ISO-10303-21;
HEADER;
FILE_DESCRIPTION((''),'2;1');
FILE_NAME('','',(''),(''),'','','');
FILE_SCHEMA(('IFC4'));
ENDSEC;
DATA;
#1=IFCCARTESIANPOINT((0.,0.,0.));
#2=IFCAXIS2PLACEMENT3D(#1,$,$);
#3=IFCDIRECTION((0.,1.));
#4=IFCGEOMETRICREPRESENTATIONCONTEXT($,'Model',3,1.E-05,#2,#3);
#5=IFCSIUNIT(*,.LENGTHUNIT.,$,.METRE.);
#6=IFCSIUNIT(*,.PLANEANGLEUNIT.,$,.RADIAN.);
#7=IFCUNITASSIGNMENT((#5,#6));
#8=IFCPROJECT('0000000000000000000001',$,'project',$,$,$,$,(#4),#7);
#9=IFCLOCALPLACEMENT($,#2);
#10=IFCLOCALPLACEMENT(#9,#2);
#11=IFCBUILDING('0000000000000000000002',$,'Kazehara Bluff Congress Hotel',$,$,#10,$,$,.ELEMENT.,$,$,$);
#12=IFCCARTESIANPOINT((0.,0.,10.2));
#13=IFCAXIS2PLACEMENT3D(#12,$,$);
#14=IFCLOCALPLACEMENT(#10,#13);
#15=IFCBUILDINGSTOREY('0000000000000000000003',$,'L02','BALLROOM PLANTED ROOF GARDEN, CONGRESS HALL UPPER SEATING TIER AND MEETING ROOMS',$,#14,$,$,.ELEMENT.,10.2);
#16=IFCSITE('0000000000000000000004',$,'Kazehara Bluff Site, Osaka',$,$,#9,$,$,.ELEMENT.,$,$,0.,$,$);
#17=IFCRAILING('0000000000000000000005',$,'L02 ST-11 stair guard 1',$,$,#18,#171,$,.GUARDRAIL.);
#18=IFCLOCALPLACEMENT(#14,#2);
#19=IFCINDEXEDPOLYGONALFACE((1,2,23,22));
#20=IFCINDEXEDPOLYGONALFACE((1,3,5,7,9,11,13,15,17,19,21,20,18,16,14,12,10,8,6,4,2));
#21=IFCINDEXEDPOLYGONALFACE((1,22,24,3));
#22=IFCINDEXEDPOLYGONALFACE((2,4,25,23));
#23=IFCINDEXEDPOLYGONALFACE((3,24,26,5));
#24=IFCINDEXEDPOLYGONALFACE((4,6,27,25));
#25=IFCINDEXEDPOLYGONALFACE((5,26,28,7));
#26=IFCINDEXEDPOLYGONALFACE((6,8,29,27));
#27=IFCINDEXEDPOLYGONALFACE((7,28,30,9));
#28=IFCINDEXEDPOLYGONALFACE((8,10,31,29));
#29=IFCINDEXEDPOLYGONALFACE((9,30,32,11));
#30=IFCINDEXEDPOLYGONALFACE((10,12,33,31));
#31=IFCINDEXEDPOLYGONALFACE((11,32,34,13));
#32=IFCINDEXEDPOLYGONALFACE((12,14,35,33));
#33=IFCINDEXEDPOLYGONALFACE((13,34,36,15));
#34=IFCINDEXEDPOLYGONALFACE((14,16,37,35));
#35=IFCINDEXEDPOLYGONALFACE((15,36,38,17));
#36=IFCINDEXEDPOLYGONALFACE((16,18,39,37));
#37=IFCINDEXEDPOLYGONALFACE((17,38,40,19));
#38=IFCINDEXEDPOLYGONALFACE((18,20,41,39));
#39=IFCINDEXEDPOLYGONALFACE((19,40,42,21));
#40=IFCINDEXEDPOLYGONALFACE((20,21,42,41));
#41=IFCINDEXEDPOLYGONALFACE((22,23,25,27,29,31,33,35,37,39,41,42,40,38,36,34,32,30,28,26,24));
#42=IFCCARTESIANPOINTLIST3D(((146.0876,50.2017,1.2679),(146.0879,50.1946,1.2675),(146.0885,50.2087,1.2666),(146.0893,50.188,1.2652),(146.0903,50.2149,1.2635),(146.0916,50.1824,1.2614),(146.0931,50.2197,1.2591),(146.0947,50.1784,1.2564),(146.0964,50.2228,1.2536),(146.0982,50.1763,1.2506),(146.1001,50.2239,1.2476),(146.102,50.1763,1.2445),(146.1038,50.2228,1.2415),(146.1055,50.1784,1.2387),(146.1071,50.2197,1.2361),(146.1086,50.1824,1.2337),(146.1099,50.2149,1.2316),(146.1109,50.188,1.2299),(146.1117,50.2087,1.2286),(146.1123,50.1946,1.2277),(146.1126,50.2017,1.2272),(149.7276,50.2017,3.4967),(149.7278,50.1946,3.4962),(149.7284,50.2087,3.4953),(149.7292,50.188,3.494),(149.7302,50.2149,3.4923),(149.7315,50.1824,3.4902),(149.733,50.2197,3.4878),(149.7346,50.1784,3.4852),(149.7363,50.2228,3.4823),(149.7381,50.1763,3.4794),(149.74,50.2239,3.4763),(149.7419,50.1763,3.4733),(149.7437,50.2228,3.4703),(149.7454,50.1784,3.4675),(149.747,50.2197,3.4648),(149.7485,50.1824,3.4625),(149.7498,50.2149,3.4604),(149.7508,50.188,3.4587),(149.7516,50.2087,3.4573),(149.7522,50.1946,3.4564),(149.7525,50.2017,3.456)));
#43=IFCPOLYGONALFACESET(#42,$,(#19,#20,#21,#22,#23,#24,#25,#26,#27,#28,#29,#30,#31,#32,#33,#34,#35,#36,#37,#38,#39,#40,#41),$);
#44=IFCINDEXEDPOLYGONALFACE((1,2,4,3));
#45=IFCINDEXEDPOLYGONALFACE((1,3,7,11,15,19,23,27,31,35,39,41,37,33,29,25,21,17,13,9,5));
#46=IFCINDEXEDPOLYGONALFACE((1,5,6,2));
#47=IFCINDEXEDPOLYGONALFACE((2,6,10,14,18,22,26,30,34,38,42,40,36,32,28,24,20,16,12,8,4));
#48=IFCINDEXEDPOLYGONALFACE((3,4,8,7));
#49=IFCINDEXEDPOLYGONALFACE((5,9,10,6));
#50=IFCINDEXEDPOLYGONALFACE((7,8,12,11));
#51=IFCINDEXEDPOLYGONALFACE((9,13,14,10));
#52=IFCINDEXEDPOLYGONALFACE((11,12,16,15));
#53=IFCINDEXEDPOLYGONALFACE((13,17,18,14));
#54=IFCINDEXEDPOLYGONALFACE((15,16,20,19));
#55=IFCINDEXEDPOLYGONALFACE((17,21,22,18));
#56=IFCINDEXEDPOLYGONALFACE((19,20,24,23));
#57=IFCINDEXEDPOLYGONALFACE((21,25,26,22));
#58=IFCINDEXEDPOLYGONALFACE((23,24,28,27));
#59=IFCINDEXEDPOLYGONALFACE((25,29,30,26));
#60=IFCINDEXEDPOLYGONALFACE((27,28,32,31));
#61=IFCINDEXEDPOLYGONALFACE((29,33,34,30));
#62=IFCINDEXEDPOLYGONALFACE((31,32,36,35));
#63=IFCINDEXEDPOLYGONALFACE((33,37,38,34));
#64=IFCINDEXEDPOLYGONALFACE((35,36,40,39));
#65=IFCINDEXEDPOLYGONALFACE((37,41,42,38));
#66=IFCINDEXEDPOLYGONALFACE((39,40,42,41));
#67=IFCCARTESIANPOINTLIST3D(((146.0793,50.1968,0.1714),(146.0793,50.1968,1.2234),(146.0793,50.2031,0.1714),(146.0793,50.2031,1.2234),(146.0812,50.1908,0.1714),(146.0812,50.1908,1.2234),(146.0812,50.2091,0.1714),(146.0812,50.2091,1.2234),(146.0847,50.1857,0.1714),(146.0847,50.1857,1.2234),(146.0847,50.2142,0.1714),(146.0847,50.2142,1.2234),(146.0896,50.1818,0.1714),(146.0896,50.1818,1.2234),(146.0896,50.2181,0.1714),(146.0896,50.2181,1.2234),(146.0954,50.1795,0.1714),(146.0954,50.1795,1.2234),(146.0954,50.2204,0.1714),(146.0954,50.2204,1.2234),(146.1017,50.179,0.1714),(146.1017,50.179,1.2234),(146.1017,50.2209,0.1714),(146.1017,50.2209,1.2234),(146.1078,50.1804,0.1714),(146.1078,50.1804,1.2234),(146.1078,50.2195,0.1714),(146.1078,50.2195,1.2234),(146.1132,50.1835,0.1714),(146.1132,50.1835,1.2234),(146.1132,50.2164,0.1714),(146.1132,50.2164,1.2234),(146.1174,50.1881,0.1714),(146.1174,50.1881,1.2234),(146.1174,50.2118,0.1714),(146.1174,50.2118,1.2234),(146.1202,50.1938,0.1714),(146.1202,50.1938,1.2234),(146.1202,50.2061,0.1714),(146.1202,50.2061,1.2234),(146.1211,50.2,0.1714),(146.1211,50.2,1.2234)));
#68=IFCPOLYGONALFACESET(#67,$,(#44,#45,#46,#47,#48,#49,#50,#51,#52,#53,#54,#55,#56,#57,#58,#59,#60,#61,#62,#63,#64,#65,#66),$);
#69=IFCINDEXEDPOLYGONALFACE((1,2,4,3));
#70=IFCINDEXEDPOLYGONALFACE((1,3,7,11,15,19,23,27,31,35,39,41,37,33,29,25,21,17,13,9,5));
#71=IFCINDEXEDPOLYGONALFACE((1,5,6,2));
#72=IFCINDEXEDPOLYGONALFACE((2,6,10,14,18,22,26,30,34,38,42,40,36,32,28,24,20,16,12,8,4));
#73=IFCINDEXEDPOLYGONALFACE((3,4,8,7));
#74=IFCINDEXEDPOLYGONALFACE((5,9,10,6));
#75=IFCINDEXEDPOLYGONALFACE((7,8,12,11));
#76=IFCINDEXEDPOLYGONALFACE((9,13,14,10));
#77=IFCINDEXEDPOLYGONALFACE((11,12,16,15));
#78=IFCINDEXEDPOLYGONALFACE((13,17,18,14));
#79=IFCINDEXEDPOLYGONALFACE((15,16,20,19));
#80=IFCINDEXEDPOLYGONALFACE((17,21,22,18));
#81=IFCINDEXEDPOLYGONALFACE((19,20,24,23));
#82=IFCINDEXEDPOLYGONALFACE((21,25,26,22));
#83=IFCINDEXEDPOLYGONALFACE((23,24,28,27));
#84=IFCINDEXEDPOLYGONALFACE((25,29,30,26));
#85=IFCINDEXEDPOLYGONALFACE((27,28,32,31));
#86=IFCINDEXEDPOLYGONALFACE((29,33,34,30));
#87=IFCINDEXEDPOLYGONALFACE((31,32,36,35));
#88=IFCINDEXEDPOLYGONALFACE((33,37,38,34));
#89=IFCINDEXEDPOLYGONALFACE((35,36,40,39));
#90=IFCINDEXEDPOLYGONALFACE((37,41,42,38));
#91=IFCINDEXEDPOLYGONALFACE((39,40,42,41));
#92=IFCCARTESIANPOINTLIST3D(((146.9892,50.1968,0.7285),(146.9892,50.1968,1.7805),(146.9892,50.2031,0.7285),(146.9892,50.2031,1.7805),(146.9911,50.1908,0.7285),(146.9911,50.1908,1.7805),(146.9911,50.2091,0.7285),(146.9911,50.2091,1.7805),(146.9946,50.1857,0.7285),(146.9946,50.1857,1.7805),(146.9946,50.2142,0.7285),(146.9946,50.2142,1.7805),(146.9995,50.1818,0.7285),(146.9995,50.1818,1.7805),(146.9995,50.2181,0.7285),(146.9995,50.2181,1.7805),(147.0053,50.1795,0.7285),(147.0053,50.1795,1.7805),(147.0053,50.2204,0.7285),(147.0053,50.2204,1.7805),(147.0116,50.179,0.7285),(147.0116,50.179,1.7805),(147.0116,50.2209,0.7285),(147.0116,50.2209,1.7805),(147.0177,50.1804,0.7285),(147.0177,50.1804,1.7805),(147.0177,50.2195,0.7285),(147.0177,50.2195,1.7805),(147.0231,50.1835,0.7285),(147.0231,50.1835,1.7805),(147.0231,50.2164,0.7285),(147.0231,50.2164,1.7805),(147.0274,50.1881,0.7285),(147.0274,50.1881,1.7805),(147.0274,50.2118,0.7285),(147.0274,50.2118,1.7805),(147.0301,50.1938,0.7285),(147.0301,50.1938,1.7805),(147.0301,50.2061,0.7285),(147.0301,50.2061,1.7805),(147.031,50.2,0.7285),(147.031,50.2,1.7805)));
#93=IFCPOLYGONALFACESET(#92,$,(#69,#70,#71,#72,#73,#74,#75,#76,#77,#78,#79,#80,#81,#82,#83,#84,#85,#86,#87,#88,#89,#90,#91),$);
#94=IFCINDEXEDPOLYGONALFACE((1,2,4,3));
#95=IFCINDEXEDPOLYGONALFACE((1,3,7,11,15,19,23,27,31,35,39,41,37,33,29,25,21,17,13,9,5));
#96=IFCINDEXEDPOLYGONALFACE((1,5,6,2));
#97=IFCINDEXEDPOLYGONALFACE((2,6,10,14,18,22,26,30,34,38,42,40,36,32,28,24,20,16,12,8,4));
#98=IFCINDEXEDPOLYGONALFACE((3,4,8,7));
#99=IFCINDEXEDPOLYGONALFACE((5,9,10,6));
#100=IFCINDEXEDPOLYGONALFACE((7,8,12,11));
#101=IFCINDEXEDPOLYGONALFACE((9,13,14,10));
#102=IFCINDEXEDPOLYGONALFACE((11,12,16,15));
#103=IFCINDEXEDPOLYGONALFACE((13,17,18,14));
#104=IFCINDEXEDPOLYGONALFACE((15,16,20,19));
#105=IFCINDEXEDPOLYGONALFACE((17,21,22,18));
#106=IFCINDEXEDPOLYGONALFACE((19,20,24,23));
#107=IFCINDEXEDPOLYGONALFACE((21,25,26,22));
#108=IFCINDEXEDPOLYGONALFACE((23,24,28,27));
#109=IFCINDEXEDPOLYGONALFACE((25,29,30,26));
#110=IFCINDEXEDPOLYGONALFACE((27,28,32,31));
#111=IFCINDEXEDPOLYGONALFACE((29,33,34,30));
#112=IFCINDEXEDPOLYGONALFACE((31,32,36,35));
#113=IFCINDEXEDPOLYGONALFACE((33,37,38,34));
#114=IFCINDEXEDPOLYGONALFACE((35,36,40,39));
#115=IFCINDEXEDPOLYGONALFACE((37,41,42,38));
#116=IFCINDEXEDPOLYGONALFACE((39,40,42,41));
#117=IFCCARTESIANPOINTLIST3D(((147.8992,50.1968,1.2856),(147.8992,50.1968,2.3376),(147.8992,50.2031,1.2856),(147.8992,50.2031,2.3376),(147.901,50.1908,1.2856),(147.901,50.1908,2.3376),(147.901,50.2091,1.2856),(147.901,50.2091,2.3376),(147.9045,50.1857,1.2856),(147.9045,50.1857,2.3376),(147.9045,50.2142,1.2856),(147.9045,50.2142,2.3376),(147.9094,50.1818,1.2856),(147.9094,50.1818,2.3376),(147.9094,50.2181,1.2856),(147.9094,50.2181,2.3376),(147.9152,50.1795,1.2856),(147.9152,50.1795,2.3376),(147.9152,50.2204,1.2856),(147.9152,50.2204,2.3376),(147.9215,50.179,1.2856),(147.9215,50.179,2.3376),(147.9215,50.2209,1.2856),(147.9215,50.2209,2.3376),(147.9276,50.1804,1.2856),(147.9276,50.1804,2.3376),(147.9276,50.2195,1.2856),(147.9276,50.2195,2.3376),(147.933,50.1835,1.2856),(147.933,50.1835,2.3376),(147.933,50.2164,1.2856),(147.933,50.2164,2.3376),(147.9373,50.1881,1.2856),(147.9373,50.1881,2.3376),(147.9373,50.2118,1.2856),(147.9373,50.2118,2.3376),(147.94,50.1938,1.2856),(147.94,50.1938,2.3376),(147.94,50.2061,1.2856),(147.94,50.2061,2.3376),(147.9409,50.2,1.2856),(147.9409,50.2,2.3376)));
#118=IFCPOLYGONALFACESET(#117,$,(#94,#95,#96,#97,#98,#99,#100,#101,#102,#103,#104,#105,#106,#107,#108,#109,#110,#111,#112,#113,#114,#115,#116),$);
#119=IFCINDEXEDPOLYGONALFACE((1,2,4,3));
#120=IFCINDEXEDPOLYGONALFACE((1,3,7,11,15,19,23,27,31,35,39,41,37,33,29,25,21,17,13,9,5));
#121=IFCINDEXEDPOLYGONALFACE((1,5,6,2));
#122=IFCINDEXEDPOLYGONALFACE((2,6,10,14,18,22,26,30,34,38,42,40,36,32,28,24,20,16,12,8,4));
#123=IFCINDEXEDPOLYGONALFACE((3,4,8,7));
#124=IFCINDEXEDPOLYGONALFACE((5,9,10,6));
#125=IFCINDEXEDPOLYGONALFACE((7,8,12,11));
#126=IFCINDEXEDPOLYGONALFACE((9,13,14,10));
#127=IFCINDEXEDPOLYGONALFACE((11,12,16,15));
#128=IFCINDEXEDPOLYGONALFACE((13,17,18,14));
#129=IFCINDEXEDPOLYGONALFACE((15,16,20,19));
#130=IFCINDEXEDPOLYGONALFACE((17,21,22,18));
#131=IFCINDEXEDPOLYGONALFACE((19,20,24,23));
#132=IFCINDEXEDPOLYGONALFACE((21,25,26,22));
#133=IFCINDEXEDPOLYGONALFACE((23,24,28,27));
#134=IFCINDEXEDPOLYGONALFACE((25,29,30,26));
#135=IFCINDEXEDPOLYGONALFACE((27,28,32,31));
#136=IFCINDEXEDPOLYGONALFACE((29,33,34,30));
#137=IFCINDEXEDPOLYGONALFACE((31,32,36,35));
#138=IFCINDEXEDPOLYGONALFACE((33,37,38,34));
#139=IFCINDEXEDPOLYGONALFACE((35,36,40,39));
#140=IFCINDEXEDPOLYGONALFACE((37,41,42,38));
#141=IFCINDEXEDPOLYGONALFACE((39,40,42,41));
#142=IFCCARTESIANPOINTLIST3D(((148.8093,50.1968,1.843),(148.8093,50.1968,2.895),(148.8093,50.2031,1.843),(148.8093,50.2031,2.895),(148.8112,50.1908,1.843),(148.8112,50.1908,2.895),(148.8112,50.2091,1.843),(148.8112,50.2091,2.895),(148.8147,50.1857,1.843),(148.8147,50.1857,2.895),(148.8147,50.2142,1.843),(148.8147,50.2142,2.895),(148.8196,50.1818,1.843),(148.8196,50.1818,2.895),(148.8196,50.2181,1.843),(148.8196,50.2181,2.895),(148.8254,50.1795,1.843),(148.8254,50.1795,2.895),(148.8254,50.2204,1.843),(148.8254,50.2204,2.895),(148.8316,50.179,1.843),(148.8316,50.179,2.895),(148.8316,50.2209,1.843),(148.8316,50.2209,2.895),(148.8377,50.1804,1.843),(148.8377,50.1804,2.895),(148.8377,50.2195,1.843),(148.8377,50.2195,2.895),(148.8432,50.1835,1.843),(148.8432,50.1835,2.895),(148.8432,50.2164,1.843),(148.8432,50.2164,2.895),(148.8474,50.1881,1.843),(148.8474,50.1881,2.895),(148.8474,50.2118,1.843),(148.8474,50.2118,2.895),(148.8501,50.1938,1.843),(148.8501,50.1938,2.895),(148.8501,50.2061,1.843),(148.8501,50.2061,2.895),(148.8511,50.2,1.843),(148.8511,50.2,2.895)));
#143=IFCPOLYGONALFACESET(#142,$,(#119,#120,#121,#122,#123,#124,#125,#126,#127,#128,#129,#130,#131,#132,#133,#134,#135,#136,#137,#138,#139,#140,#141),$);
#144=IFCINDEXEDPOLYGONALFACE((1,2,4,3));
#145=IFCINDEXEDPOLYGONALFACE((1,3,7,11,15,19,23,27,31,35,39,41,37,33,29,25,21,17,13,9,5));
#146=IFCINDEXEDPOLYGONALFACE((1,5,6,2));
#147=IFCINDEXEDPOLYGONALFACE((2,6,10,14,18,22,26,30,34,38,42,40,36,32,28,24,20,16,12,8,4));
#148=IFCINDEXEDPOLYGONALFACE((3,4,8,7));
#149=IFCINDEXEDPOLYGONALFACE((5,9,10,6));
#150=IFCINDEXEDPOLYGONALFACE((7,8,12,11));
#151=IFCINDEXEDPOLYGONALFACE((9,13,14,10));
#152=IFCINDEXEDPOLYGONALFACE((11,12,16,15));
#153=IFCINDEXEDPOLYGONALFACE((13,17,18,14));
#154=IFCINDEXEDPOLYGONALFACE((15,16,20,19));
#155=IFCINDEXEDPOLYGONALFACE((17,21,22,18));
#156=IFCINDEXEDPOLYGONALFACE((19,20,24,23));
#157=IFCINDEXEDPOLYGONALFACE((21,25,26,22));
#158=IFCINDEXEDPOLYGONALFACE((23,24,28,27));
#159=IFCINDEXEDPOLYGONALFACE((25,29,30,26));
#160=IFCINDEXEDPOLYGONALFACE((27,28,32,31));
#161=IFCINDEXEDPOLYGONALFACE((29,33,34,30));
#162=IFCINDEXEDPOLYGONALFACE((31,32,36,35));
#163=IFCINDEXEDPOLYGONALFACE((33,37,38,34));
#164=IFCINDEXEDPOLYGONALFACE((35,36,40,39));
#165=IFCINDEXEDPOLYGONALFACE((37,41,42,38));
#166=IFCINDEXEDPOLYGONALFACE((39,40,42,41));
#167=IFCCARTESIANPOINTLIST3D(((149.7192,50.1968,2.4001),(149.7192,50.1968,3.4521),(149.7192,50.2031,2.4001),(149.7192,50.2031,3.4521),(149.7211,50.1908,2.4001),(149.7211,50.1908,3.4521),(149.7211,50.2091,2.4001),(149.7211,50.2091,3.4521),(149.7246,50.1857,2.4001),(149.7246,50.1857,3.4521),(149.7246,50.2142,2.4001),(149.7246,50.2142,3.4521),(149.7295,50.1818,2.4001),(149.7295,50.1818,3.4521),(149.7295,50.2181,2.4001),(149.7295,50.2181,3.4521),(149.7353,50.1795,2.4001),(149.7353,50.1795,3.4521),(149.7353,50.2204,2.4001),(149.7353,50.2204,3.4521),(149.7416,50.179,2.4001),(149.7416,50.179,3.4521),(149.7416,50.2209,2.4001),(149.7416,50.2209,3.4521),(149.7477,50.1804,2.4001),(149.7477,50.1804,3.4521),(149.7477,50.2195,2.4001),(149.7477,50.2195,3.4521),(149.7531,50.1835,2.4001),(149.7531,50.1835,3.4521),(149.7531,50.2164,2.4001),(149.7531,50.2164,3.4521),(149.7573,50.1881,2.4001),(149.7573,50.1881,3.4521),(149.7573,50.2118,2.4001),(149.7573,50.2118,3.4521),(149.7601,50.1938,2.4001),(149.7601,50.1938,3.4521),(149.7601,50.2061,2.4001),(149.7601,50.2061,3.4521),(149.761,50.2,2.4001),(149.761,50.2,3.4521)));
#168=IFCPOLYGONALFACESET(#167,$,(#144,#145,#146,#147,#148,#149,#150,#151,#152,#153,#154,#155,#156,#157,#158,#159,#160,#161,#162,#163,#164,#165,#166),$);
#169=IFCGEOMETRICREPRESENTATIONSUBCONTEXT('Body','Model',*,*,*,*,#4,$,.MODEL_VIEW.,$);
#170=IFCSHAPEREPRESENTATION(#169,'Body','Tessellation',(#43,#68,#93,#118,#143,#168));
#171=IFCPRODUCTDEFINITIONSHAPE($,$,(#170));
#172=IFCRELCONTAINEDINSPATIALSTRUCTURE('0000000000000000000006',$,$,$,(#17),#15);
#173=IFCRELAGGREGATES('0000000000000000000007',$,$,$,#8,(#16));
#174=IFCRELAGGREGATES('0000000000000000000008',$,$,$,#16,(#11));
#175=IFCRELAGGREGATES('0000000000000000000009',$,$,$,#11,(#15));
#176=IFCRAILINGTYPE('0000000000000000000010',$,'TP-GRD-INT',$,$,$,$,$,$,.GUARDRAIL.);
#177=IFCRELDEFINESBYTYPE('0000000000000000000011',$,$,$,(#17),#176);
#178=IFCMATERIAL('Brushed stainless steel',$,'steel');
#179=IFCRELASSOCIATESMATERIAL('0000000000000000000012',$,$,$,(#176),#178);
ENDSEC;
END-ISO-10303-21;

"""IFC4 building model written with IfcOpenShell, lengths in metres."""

from ifc_helpers import new_model, si_unit, direction, frame, origin, origin_2d, place, context, subcontext, project, spatial, circle, extrude, material, type_object, element, save


model = new_model("IFC4")

# Units and contexts
model_context = context("Model", 3, precision=1e-05, world=origin(), true_north=direction((0.0, 1.0)))
body_context = subcontext(model_context, "Body", "Model", "MODEL_VIEW")
ifc_project = project(units=[si_unit("LENGTHUNIT", "METRE"), si_unit("PLANEANGLEUNIT", "RADIAN")], contexts=[model_context])

# Site, building, storey
site_placement = place(None, origin())
site = spatial("IfcSite", under=ifc_project, at=site_placement, Name="Kazehara Bluff Site, Osaka", CompositionType="ELEMENT", RefElevation=0.0)
building_placement = place(site_placement, origin())
building = spatial("IfcBuilding", under=site, at=building_placement, Name="Kazehara Bluff Congress Hotel", CompositionType="ELEMENT")
storey_placement = place(building_placement, frame((0.0, 0.0, 10.2)))
storey = spatial("IfcBuildingStorey", under=building, at=storey_placement, Name="L02", Description="BALLROOM PLANTED ROOF GARDEN, CONGRESS HALL UPPER SEATING TIER AND MEETING ROOMS", CompositionType="ELEMENT", Elevation=10.2)

# Railing
ifc_material_1 = material(Name="Brushed stainless steel", Category="steel")
railing_type_1 = type_object("IfcRailingType", Name="TP-GRD-INT", PredefinedType="GUARDRAIL", material=ifc_material_1)
railing_1_placement = place(storey_placement, frame((146.1001, 50.2, 0.1714)))
element("IfcRailing", 1, at=railing_1_placement, inside=storey, type_object=railing_type_1, Name="L02 ST-11 stair guard 1", PredefinedType="GUARDRAIL", context=body_context, shape_type="SweptSolid", body=[
    extrude(circle(Radius=0.0239, at=origin_2d()), frame((0.0, 0.0, 1.0762), z_axis=(0.852825, 0.0, 0.522197), x_axis=(0.0, 1.0, 0.0)), (0.0, 0.0, 1.0), 4.2681),
    extrude(circle(Radius=0.021, at=origin_2d()), origin(), (0.0, 0.0, 1.0), 1.052),
    extrude(circle(Radius=0.021, at=origin_2d()), frame((0.9099, 0.0, 0.5571)), (0.0, 0.0, 1.0), 1.052),
    extrude(circle(Radius=0.021, at=origin_2d()), frame((1.8198, 0.0, 1.1143)), (0.0, 0.0, 1.0), 1.052),
    extrude(circle(Radius=0.021, at=origin_2d()), frame((2.73, 0.0, 1.6716)), (0.0, 0.0, 1.0), 1.052),
    extrude(circle(Radius=0.021, at=origin_2d()), frame((3.6399, 0.0, 2.2288)), (0.0, 0.0, 1.0), 1.052),
])

save(model, "model.ifc")
